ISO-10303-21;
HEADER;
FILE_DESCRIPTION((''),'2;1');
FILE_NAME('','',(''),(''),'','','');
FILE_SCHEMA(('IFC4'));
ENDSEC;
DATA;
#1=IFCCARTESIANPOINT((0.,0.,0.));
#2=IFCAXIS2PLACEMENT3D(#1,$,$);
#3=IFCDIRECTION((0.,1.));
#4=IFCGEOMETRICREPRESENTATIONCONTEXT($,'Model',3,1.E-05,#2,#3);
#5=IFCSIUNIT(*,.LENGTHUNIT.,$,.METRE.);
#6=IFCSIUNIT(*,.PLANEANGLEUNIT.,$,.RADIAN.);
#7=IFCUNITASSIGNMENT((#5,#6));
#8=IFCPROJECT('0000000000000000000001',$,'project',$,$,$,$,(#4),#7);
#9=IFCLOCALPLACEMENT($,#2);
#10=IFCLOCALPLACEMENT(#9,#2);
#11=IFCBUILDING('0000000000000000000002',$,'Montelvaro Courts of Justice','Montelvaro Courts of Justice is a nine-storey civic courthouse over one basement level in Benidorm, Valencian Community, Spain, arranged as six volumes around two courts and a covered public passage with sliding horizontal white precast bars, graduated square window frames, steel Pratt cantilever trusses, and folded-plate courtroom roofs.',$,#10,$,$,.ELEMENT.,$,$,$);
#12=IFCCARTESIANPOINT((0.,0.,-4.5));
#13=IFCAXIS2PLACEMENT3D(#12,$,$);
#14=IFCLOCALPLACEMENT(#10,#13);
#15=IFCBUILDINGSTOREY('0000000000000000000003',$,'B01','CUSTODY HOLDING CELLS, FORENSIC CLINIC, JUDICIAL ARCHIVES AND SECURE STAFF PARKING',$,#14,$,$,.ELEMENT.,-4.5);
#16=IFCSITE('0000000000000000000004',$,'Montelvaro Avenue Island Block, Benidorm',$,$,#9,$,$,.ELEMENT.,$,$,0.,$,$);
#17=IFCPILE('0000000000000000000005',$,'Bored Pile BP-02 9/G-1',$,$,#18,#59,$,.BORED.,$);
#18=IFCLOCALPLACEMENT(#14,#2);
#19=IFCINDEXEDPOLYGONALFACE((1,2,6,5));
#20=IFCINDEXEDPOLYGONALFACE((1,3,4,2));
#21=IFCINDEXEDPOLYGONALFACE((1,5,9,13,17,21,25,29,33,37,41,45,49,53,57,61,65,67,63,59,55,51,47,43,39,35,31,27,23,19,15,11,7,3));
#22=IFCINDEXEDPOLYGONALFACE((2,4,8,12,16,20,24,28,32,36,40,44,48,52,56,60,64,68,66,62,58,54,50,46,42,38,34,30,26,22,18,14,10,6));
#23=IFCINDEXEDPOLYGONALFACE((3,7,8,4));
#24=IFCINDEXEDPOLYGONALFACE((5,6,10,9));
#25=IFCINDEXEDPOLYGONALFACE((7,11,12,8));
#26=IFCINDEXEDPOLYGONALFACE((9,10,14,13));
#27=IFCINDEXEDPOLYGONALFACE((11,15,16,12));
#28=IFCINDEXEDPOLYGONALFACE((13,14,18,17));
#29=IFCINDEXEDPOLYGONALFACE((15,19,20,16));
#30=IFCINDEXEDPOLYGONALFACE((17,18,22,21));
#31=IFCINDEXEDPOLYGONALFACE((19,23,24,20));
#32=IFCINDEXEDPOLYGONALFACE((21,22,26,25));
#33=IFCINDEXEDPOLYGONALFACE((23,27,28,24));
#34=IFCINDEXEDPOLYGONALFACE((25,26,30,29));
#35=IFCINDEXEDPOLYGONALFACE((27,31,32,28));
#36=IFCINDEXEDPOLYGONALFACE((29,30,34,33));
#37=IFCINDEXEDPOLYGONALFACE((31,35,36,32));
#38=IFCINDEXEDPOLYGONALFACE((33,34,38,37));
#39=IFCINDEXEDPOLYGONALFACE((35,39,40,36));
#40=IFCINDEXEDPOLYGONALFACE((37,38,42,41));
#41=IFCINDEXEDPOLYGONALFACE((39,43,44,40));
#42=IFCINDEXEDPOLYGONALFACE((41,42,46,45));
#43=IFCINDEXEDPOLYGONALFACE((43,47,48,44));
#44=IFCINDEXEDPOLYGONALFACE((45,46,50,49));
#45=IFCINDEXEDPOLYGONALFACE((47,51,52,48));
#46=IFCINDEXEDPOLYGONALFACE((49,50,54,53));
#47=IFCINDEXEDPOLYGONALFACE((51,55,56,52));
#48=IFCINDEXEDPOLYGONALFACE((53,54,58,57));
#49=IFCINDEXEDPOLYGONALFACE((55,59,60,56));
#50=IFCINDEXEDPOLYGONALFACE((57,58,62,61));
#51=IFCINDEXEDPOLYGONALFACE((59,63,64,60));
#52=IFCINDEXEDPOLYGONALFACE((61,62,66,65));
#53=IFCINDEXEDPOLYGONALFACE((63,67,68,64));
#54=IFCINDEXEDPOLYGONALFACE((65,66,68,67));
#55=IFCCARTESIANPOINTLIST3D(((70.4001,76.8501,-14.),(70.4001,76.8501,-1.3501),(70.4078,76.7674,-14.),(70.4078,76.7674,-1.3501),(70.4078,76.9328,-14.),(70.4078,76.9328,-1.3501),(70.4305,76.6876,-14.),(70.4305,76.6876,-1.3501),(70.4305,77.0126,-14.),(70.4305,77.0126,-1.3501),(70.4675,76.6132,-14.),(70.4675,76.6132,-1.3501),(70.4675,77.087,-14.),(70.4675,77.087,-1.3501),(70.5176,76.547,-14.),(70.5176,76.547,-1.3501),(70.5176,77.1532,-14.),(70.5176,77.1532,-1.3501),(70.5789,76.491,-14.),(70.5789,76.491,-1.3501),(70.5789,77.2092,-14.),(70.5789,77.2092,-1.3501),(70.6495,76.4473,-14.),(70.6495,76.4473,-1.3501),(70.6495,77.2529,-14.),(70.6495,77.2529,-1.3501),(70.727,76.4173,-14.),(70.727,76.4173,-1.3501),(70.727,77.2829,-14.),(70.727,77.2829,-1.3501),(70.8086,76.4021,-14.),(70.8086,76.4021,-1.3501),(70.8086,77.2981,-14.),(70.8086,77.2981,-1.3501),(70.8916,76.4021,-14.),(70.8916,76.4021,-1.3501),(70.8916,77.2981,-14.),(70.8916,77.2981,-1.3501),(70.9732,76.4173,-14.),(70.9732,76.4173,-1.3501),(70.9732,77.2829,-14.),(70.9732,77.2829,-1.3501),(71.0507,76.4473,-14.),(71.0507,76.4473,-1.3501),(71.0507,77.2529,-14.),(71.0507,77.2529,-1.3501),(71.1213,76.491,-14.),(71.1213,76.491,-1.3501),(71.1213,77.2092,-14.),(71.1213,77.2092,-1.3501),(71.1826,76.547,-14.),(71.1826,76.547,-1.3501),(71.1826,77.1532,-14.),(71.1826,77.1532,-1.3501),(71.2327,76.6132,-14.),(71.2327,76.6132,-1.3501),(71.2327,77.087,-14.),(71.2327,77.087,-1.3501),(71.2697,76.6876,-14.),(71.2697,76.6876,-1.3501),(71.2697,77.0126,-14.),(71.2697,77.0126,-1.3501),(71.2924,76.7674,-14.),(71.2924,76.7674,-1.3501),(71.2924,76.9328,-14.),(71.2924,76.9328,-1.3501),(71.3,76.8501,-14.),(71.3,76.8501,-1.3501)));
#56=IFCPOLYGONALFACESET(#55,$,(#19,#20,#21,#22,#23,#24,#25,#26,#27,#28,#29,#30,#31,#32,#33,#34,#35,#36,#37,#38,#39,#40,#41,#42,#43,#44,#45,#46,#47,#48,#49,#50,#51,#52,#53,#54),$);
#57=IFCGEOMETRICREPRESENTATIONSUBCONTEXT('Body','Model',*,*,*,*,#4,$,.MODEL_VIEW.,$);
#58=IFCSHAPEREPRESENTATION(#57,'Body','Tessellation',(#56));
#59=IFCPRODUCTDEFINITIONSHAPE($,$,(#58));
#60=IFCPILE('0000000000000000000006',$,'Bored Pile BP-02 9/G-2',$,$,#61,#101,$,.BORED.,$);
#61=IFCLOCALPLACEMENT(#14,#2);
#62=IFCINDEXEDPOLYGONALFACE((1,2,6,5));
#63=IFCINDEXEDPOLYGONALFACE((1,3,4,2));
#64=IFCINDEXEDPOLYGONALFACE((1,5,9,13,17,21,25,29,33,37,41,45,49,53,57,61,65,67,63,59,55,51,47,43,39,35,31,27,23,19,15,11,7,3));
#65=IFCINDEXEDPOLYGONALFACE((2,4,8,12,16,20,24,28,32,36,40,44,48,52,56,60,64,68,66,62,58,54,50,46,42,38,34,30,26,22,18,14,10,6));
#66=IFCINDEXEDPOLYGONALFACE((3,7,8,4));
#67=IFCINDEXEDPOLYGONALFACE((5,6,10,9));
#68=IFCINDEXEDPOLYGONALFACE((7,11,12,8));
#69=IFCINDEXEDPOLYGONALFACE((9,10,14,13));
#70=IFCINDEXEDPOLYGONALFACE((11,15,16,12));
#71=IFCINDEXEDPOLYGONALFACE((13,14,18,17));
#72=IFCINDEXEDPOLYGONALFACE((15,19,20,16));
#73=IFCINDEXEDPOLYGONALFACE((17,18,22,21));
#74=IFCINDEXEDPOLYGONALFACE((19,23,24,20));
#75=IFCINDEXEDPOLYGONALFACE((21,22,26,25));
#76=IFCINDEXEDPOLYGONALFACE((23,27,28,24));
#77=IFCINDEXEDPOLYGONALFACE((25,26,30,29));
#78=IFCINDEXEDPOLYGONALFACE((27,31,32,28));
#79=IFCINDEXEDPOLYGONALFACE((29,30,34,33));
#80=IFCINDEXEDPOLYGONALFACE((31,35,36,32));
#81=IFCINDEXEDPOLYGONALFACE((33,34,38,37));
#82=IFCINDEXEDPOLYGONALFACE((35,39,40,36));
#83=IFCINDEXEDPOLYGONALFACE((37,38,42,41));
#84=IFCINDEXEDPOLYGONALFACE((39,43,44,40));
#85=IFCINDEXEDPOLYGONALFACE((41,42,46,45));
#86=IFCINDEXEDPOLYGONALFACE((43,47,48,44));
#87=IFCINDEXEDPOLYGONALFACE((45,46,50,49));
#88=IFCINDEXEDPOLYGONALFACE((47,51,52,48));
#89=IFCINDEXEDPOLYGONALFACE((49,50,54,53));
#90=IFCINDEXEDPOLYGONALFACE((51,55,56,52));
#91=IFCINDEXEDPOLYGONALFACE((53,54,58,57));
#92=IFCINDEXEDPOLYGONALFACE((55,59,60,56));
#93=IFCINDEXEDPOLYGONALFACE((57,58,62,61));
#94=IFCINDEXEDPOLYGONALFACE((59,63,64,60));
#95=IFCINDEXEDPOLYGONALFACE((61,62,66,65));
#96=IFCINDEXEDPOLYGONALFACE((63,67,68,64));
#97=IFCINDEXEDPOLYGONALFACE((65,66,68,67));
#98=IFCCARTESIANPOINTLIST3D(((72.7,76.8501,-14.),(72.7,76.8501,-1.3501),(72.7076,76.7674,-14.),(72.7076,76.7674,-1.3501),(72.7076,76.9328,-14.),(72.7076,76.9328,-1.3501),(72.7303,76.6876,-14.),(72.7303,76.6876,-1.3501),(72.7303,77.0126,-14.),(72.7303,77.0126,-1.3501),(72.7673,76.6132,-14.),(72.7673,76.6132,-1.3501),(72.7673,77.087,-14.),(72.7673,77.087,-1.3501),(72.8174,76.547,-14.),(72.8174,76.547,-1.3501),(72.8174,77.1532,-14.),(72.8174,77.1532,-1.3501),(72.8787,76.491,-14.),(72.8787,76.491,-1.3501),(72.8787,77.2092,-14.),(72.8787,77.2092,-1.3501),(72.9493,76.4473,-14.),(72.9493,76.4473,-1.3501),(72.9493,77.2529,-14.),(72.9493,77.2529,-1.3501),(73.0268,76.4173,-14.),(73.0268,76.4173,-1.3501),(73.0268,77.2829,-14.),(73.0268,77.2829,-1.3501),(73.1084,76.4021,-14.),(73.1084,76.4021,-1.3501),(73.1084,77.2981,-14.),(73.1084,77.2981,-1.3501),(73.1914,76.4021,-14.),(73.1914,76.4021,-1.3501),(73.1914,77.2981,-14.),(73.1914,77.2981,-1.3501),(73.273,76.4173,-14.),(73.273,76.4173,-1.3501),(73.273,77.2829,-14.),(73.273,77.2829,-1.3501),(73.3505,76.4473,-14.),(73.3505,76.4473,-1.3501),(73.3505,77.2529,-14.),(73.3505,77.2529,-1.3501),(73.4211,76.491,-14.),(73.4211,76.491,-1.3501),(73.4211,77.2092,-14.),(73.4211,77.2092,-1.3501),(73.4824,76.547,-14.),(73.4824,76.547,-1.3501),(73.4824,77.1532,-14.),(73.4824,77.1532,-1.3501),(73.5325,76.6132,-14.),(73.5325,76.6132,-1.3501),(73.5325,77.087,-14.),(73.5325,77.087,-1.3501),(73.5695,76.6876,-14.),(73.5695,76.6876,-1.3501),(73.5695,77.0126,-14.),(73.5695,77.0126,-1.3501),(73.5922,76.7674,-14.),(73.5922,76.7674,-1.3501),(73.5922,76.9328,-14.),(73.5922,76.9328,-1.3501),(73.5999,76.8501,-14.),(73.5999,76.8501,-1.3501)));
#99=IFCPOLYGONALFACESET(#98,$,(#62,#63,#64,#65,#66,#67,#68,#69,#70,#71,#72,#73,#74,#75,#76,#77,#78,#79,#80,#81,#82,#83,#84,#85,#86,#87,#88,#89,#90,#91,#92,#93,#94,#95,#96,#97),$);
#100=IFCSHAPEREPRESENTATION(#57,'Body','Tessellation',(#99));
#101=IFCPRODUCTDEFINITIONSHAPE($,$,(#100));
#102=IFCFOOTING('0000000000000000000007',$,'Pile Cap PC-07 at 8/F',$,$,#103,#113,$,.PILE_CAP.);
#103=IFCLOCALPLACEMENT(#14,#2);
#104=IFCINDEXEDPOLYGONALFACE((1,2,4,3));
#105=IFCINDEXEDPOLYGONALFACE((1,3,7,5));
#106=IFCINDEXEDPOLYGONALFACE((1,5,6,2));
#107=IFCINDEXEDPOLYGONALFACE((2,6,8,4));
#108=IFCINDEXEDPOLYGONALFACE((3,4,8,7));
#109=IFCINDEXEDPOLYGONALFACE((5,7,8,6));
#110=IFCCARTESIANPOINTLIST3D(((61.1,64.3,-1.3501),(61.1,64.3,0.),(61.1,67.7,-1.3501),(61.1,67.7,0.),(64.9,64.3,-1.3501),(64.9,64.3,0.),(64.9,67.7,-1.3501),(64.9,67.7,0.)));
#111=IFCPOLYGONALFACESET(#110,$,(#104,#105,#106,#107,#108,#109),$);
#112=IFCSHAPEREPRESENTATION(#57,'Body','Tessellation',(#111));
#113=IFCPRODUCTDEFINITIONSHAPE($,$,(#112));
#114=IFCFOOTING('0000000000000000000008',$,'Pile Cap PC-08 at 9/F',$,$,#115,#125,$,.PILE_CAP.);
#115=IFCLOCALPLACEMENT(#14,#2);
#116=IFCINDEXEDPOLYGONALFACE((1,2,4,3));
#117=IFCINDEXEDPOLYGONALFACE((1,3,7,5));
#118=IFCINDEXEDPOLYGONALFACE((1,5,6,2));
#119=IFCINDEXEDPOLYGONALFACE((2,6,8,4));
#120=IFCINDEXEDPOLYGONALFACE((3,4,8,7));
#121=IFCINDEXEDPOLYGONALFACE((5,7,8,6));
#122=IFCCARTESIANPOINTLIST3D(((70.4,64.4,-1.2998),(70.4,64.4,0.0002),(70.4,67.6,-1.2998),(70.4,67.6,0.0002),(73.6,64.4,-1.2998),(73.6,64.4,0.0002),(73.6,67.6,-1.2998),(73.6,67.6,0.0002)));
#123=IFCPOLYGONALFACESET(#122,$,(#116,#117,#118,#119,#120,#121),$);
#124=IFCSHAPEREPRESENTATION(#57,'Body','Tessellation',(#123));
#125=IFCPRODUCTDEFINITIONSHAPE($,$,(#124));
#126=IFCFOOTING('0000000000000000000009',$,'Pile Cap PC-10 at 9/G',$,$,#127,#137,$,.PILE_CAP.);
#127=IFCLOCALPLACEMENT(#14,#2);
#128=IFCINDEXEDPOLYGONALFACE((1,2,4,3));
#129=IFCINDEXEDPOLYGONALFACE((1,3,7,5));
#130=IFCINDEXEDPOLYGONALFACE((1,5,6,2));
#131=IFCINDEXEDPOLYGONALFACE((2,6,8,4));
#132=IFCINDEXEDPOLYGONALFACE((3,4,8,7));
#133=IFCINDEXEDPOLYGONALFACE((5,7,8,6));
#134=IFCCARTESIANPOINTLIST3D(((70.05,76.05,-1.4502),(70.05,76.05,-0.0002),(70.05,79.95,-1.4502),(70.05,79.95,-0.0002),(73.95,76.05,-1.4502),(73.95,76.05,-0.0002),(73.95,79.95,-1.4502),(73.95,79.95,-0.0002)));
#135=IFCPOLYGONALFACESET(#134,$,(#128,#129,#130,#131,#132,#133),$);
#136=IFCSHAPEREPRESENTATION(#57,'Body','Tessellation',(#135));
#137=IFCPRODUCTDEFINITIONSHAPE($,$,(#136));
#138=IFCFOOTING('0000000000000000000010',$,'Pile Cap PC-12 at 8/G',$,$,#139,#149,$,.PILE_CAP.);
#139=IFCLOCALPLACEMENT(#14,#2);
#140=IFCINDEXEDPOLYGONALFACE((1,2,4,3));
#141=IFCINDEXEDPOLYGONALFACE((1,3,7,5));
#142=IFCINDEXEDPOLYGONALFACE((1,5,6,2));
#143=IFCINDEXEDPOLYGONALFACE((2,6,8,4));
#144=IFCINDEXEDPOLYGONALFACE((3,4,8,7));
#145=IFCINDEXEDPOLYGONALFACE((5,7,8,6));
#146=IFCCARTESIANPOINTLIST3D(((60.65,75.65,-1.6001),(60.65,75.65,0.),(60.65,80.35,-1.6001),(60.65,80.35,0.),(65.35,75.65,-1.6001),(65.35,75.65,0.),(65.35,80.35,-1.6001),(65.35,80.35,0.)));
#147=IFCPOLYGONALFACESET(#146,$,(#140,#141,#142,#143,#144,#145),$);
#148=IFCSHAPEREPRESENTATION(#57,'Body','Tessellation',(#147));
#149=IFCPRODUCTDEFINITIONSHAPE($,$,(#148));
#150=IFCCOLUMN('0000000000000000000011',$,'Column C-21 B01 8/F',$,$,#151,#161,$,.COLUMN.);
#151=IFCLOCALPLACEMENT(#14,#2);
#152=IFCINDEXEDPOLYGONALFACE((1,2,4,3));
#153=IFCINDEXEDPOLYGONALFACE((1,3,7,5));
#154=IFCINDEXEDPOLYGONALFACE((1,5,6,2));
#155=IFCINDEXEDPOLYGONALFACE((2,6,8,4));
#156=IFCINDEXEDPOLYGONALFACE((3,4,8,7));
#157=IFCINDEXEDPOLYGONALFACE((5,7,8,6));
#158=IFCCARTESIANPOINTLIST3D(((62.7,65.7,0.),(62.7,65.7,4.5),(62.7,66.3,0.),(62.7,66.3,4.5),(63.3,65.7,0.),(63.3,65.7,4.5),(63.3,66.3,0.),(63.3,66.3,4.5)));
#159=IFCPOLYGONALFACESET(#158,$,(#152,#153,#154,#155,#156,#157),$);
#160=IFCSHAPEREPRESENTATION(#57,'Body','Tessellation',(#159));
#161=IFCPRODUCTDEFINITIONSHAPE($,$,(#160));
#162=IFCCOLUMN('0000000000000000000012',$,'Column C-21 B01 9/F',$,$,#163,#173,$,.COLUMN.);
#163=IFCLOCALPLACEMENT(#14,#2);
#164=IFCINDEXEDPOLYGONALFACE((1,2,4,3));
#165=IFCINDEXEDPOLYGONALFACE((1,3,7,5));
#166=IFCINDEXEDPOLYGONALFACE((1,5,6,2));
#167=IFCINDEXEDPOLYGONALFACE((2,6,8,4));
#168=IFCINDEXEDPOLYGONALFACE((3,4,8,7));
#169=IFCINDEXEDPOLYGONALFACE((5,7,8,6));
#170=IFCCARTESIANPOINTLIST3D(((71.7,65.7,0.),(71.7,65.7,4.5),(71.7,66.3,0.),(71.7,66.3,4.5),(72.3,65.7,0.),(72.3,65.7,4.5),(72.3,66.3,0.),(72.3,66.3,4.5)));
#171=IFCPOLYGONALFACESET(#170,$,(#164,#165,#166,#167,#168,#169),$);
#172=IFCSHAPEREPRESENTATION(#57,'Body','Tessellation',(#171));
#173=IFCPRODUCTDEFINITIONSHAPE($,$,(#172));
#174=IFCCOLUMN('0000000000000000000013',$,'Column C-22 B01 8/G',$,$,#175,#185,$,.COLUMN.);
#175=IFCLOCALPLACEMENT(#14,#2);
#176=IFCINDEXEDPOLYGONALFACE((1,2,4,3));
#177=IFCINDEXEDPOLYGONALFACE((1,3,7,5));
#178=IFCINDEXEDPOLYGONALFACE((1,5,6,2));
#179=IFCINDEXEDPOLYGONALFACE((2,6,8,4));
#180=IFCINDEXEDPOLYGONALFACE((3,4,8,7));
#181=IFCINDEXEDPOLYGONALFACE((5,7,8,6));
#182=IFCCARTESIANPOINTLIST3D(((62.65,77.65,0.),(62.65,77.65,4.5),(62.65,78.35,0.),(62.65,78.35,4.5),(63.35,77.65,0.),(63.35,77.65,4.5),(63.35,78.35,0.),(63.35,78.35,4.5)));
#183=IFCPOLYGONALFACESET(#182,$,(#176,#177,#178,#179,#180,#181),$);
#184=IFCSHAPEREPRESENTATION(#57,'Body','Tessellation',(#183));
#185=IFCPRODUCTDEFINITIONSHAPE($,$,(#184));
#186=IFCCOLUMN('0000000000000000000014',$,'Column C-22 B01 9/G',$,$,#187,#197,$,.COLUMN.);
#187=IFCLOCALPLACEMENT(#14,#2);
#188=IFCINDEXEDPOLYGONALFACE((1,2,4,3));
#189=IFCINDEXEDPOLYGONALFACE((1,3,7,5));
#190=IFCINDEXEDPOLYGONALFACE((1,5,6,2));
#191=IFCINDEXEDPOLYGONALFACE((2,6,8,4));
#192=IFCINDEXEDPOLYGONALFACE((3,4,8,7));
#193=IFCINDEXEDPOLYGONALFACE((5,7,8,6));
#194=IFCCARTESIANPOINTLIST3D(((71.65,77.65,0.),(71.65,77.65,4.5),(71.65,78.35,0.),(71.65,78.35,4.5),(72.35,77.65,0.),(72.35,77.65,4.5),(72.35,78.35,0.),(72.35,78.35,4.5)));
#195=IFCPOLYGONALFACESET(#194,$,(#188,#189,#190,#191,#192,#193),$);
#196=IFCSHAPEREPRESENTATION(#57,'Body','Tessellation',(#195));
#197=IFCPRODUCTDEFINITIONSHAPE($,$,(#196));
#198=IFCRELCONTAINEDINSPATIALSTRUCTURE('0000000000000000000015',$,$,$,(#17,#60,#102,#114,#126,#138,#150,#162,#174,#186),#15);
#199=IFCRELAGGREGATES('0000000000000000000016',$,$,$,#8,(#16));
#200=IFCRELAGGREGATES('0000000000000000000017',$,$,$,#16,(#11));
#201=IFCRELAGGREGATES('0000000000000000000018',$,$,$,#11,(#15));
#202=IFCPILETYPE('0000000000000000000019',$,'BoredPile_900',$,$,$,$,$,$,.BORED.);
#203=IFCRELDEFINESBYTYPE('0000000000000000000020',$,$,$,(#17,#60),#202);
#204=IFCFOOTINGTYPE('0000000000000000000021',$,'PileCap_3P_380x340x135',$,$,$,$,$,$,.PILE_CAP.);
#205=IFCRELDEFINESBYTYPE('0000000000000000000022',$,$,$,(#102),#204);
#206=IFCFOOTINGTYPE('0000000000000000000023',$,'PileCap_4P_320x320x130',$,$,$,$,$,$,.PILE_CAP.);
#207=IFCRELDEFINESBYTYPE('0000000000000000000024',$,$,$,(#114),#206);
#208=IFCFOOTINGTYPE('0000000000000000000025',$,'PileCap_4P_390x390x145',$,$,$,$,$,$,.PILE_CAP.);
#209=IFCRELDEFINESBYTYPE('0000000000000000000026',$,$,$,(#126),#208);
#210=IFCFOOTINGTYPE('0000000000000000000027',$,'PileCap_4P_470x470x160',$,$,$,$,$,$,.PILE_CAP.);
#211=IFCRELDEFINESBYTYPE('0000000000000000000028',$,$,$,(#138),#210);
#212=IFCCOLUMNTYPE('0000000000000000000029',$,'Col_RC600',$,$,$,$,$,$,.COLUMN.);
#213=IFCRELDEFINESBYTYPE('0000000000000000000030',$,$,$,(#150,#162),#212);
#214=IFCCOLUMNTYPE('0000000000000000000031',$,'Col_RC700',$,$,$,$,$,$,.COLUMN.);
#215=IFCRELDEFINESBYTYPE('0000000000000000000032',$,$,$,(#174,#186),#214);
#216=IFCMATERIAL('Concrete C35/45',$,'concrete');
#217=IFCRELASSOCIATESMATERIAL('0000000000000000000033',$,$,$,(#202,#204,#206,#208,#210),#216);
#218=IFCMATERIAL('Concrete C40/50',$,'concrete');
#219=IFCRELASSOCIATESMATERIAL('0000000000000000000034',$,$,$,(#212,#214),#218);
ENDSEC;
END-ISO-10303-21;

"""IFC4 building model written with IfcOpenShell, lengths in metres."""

from ifc_helpers import new_model, si_unit, direction, frame, origin, origin_2d, place, context, subcontext, project, spatial, rectangle, circle, extrude, material, material_profile, profile_set, type_object, element, save


model = new_model("IFC4")

# Units and contexts
model_context = context("Model", 3, precision=1e-05, world=origin(), true_north=direction((0.0, 1.0)))
body_context = subcontext(model_context, "Body", "Model", "MODEL_VIEW")
ifc_project = project(units=[si_unit("LENGTHUNIT", "METRE"), si_unit("PLANEANGLEUNIT", "RADIAN")], contexts=[model_context])

# Site, building, storey
site_placement = place(None, origin())
site = spatial("IfcSite", under=ifc_project, at=site_placement, Name="Montelvaro Avenue Island Block, Benidorm", CompositionType="ELEMENT", RefElevation=0.0)
building_placement = place(site_placement, origin())
building = spatial("IfcBuilding", under=site, at=building_placement, Name="Montelvaro Courts of Justice", Description="Montelvaro Courts of Justice is a nine-storey civic courthouse over one basement level in Benidorm, Valencian Community, Spain, arranged as six volumes around two courts and a covered public passage with sliding horizontal white precast bars, graduated square window frames, steel Pratt cantilever trusses, and folded-plate courtroom roofs.", CompositionType="ELEMENT")
storey_placement = place(building_placement, frame((0.0, 0.0, -4.5)))
storey = spatial("IfcBuildingStorey", under=building, at=storey_placement, Name="B01", Description="CUSTODY HOLDING CELLS, FORENSIC CLINIC, JUDICIAL ARCHIVES AND SECURE STAFF PARKING", CompositionType="ELEMENT", Elevation=-4.5)

# Piles
ifc_material_1 = material(Name="Concrete C35/45", Category="concrete")
ifc_material_profile_1 = material_profile(ifc_material_1, circle(Radius=0.45, at=origin_2d()), Name="BORED PILE D900")
ifc_profile_set_1 = profile_set([ifc_material_profile_1], Name="Concrete C35/45")
pile_type_1 = type_object("IfcPileType", Name="BoredPile_900", PredefinedType="BORED", material=ifc_profile_set_1)
for number, where, z_axis, x_axis, name in (
    (1, (70.8501, 76.8501, -1.3501), (0.0, 0.0, -1.0), (1.0, 0.0, 0.0), "Bored Pile BP-02 9/G-1"),
    (2, (73.1499, 76.8501, -1.3501), (0.0, 0.0, -1.0), (1.0, 0.0, 0.0), "Bored Pile BP-02 9/G-2"),
):
    element("IfcPile", number, at=place(storey_placement, frame(where, z_axis=z_axis, x_axis=x_axis)), inside=storey, type_object=pile_type_1, Name=name, PredefinedType="BORED", context=body_context, shape_type="SweptSolid", body=[
        extrude(circle(Radius=0.45, at=origin_2d()), origin(), (0.0, 0.0, 1.0), 12.6499),
    ])

# Footings
footing_type_1 = type_object("IfcFootingType", Name="PileCap_3P_380x340x135", PredefinedType="PILE_CAP", material=ifc_material_1)
footing_1_placement = place(storey_placement, frame((63.0, 66.0, -1.3501), z_axis=(0.0, 0.0, 1.0), x_axis=(1.0, 0.0, 0.0)))
element("IfcFooting", 3, at=footing_1_placement, inside=storey, type_object=footing_type_1, Name="Pile Cap PC-07 at 8/F", PredefinedType="PILE_CAP", context=body_context, shape_type="SweptSolid", body=[
    extrude(rectangle(XDim=3.8, YDim=3.3999, at=origin_2d()), origin(), (0.0, 0.0, 1.0), 1.3501),
])
footing_type_2 = type_object("IfcFootingType", Name="PileCap_4P_320x320x130", PredefinedType="PILE_CAP", material=ifc_material_1)
footing_2_placement = place(storey_placement, frame((72.0, 66.0, -1.2998), z_axis=(0.0, 0.0, 1.0), x_axis=(1.0, 0.0, 0.0)))
element("IfcFooting", 4, at=footing_2_placement, inside=storey, type_object=footing_type_2, Name="Pile Cap PC-08 at 9/F", PredefinedType="PILE_CAP", context=body_context, shape_type="SweptSolid", body=[
    extrude(rectangle(XDim=3.2, YDim=3.2, at=origin_2d()), origin(), (0.0, 0.0, 1.0), 1.3),
])
footing_type_3 = type_object("IfcFootingType", Name="PileCap_4P_390x390x145", PredefinedType="PILE_CAP", material=ifc_material_1)
footing_3_placement = place(storey_placement, frame((72.0, 78.0, -1.4502), z_axis=(0.0, 0.0, 1.0), x_axis=(1.0, 0.0, 0.0)))
element("IfcFooting", 5, at=footing_3_placement, inside=storey, type_object=footing_type_3, Name="Pile Cap PC-10 at 9/G", PredefinedType="PILE_CAP", context=body_context, shape_type="SweptSolid", body=[
    extrude(rectangle(XDim=3.8999, YDim=3.8999, at=origin_2d()), origin(), (0.0, 0.0, 1.0), 1.45),
])
footing_type_4 = type_object("IfcFootingType", Name="PileCap_4P_470x470x160", PredefinedType="PILE_CAP", material=ifc_material_1)
footing_4_placement = place(storey_placement, frame((63.0, 78.0, -1.6001), z_axis=(0.0, 0.0, 1.0), x_axis=(1.0, 0.0, 0.0)))
element("IfcFooting", 6, at=footing_4_placement, inside=storey, type_object=footing_type_4, Name="Pile Cap PC-12 at 8/G", PredefinedType="PILE_CAP", context=body_context, shape_type="SweptSolid", body=[
    extrude(rectangle(XDim=4.7, YDim=4.7, at=origin_2d()), origin(), (0.0, 0.0, 1.0), 1.6001),
])

# Columns
ifc_material_2 = material(Name="Concrete C40/50", Category="concrete")
ifc_material_profile_2 = material_profile(ifc_material_2, rectangle(XDim=0.6001, YDim=0.6001, at=origin_2d()), Name="RC 600x600")
ifc_profile_set_2 = profile_set([ifc_material_profile_2], Name="Concrete C40/50")
column_type_1 = type_object("IfcColumnType", Name="Col_RC600", PredefinedType="COLUMN", material=ifc_profile_set_2)
for number, where, z_axis, x_axis, name in (
    (7, (63.0, 66.0, 0.0), (0.0, 0.0, 1.0), (1.0, 0.0, 0.0), "Column C-21 B01 8/F"),
    (8, (72.0, 66.0, 0.0), (0.0, 0.0, 1.0), (1.0, 0.0, 0.0), "Column C-21 B01 9/F"),
):
    element("IfcColumn", number, at=place(storey_placement, frame(where, z_axis=z_axis, x_axis=x_axis)), inside=storey, type_object=column_type_1, Name=name, PredefinedType="COLUMN", context=body_context, shape_type="SweptSolid", body=[
        extrude(rectangle(XDim=0.6001, YDim=0.6001, at=origin_2d()), origin(), (0.0, 0.0, 1.0), 4.5),
    ])
ifc_material_profile_3 = material_profile(ifc_material_2, rectangle(XDim=0.7, YDim=0.7, at=origin_2d()), Name="RC 700x700")
ifc_profile_set_3 = profile_set([ifc_material_profile_3], Name="Concrete C40/50")
column_type_2 = type_object("IfcColumnType", Name="Col_RC700", PredefinedType="COLUMN", material=ifc_profile_set_3)
for number, where, z_axis, x_axis, name in (
    (9, (63.0, 78.0, 0.0), (0.0, 0.0, 1.0), (1.0, 0.0, 0.0), "Column C-22 B01 8/G"),
    (10, (72.0, 78.0, 0.0), (0.0, 0.0, 1.0), (1.0, 0.0, 0.0), "Column C-22 B01 9/G"),
):
    element("IfcColumn", number, at=place(storey_placement, frame(where, z_axis=z_axis, x_axis=x_axis)), inside=storey, type_object=column_type_2, Name=name, PredefinedType="COLUMN", context=body_context, shape_type="SweptSolid", body=[
        extrude(rectangle(XDim=0.7, YDim=0.7, at=origin_2d()), origin(), (0.0, 0.0, 1.0), 4.5),
    ])

save(model, "model.ifc")
